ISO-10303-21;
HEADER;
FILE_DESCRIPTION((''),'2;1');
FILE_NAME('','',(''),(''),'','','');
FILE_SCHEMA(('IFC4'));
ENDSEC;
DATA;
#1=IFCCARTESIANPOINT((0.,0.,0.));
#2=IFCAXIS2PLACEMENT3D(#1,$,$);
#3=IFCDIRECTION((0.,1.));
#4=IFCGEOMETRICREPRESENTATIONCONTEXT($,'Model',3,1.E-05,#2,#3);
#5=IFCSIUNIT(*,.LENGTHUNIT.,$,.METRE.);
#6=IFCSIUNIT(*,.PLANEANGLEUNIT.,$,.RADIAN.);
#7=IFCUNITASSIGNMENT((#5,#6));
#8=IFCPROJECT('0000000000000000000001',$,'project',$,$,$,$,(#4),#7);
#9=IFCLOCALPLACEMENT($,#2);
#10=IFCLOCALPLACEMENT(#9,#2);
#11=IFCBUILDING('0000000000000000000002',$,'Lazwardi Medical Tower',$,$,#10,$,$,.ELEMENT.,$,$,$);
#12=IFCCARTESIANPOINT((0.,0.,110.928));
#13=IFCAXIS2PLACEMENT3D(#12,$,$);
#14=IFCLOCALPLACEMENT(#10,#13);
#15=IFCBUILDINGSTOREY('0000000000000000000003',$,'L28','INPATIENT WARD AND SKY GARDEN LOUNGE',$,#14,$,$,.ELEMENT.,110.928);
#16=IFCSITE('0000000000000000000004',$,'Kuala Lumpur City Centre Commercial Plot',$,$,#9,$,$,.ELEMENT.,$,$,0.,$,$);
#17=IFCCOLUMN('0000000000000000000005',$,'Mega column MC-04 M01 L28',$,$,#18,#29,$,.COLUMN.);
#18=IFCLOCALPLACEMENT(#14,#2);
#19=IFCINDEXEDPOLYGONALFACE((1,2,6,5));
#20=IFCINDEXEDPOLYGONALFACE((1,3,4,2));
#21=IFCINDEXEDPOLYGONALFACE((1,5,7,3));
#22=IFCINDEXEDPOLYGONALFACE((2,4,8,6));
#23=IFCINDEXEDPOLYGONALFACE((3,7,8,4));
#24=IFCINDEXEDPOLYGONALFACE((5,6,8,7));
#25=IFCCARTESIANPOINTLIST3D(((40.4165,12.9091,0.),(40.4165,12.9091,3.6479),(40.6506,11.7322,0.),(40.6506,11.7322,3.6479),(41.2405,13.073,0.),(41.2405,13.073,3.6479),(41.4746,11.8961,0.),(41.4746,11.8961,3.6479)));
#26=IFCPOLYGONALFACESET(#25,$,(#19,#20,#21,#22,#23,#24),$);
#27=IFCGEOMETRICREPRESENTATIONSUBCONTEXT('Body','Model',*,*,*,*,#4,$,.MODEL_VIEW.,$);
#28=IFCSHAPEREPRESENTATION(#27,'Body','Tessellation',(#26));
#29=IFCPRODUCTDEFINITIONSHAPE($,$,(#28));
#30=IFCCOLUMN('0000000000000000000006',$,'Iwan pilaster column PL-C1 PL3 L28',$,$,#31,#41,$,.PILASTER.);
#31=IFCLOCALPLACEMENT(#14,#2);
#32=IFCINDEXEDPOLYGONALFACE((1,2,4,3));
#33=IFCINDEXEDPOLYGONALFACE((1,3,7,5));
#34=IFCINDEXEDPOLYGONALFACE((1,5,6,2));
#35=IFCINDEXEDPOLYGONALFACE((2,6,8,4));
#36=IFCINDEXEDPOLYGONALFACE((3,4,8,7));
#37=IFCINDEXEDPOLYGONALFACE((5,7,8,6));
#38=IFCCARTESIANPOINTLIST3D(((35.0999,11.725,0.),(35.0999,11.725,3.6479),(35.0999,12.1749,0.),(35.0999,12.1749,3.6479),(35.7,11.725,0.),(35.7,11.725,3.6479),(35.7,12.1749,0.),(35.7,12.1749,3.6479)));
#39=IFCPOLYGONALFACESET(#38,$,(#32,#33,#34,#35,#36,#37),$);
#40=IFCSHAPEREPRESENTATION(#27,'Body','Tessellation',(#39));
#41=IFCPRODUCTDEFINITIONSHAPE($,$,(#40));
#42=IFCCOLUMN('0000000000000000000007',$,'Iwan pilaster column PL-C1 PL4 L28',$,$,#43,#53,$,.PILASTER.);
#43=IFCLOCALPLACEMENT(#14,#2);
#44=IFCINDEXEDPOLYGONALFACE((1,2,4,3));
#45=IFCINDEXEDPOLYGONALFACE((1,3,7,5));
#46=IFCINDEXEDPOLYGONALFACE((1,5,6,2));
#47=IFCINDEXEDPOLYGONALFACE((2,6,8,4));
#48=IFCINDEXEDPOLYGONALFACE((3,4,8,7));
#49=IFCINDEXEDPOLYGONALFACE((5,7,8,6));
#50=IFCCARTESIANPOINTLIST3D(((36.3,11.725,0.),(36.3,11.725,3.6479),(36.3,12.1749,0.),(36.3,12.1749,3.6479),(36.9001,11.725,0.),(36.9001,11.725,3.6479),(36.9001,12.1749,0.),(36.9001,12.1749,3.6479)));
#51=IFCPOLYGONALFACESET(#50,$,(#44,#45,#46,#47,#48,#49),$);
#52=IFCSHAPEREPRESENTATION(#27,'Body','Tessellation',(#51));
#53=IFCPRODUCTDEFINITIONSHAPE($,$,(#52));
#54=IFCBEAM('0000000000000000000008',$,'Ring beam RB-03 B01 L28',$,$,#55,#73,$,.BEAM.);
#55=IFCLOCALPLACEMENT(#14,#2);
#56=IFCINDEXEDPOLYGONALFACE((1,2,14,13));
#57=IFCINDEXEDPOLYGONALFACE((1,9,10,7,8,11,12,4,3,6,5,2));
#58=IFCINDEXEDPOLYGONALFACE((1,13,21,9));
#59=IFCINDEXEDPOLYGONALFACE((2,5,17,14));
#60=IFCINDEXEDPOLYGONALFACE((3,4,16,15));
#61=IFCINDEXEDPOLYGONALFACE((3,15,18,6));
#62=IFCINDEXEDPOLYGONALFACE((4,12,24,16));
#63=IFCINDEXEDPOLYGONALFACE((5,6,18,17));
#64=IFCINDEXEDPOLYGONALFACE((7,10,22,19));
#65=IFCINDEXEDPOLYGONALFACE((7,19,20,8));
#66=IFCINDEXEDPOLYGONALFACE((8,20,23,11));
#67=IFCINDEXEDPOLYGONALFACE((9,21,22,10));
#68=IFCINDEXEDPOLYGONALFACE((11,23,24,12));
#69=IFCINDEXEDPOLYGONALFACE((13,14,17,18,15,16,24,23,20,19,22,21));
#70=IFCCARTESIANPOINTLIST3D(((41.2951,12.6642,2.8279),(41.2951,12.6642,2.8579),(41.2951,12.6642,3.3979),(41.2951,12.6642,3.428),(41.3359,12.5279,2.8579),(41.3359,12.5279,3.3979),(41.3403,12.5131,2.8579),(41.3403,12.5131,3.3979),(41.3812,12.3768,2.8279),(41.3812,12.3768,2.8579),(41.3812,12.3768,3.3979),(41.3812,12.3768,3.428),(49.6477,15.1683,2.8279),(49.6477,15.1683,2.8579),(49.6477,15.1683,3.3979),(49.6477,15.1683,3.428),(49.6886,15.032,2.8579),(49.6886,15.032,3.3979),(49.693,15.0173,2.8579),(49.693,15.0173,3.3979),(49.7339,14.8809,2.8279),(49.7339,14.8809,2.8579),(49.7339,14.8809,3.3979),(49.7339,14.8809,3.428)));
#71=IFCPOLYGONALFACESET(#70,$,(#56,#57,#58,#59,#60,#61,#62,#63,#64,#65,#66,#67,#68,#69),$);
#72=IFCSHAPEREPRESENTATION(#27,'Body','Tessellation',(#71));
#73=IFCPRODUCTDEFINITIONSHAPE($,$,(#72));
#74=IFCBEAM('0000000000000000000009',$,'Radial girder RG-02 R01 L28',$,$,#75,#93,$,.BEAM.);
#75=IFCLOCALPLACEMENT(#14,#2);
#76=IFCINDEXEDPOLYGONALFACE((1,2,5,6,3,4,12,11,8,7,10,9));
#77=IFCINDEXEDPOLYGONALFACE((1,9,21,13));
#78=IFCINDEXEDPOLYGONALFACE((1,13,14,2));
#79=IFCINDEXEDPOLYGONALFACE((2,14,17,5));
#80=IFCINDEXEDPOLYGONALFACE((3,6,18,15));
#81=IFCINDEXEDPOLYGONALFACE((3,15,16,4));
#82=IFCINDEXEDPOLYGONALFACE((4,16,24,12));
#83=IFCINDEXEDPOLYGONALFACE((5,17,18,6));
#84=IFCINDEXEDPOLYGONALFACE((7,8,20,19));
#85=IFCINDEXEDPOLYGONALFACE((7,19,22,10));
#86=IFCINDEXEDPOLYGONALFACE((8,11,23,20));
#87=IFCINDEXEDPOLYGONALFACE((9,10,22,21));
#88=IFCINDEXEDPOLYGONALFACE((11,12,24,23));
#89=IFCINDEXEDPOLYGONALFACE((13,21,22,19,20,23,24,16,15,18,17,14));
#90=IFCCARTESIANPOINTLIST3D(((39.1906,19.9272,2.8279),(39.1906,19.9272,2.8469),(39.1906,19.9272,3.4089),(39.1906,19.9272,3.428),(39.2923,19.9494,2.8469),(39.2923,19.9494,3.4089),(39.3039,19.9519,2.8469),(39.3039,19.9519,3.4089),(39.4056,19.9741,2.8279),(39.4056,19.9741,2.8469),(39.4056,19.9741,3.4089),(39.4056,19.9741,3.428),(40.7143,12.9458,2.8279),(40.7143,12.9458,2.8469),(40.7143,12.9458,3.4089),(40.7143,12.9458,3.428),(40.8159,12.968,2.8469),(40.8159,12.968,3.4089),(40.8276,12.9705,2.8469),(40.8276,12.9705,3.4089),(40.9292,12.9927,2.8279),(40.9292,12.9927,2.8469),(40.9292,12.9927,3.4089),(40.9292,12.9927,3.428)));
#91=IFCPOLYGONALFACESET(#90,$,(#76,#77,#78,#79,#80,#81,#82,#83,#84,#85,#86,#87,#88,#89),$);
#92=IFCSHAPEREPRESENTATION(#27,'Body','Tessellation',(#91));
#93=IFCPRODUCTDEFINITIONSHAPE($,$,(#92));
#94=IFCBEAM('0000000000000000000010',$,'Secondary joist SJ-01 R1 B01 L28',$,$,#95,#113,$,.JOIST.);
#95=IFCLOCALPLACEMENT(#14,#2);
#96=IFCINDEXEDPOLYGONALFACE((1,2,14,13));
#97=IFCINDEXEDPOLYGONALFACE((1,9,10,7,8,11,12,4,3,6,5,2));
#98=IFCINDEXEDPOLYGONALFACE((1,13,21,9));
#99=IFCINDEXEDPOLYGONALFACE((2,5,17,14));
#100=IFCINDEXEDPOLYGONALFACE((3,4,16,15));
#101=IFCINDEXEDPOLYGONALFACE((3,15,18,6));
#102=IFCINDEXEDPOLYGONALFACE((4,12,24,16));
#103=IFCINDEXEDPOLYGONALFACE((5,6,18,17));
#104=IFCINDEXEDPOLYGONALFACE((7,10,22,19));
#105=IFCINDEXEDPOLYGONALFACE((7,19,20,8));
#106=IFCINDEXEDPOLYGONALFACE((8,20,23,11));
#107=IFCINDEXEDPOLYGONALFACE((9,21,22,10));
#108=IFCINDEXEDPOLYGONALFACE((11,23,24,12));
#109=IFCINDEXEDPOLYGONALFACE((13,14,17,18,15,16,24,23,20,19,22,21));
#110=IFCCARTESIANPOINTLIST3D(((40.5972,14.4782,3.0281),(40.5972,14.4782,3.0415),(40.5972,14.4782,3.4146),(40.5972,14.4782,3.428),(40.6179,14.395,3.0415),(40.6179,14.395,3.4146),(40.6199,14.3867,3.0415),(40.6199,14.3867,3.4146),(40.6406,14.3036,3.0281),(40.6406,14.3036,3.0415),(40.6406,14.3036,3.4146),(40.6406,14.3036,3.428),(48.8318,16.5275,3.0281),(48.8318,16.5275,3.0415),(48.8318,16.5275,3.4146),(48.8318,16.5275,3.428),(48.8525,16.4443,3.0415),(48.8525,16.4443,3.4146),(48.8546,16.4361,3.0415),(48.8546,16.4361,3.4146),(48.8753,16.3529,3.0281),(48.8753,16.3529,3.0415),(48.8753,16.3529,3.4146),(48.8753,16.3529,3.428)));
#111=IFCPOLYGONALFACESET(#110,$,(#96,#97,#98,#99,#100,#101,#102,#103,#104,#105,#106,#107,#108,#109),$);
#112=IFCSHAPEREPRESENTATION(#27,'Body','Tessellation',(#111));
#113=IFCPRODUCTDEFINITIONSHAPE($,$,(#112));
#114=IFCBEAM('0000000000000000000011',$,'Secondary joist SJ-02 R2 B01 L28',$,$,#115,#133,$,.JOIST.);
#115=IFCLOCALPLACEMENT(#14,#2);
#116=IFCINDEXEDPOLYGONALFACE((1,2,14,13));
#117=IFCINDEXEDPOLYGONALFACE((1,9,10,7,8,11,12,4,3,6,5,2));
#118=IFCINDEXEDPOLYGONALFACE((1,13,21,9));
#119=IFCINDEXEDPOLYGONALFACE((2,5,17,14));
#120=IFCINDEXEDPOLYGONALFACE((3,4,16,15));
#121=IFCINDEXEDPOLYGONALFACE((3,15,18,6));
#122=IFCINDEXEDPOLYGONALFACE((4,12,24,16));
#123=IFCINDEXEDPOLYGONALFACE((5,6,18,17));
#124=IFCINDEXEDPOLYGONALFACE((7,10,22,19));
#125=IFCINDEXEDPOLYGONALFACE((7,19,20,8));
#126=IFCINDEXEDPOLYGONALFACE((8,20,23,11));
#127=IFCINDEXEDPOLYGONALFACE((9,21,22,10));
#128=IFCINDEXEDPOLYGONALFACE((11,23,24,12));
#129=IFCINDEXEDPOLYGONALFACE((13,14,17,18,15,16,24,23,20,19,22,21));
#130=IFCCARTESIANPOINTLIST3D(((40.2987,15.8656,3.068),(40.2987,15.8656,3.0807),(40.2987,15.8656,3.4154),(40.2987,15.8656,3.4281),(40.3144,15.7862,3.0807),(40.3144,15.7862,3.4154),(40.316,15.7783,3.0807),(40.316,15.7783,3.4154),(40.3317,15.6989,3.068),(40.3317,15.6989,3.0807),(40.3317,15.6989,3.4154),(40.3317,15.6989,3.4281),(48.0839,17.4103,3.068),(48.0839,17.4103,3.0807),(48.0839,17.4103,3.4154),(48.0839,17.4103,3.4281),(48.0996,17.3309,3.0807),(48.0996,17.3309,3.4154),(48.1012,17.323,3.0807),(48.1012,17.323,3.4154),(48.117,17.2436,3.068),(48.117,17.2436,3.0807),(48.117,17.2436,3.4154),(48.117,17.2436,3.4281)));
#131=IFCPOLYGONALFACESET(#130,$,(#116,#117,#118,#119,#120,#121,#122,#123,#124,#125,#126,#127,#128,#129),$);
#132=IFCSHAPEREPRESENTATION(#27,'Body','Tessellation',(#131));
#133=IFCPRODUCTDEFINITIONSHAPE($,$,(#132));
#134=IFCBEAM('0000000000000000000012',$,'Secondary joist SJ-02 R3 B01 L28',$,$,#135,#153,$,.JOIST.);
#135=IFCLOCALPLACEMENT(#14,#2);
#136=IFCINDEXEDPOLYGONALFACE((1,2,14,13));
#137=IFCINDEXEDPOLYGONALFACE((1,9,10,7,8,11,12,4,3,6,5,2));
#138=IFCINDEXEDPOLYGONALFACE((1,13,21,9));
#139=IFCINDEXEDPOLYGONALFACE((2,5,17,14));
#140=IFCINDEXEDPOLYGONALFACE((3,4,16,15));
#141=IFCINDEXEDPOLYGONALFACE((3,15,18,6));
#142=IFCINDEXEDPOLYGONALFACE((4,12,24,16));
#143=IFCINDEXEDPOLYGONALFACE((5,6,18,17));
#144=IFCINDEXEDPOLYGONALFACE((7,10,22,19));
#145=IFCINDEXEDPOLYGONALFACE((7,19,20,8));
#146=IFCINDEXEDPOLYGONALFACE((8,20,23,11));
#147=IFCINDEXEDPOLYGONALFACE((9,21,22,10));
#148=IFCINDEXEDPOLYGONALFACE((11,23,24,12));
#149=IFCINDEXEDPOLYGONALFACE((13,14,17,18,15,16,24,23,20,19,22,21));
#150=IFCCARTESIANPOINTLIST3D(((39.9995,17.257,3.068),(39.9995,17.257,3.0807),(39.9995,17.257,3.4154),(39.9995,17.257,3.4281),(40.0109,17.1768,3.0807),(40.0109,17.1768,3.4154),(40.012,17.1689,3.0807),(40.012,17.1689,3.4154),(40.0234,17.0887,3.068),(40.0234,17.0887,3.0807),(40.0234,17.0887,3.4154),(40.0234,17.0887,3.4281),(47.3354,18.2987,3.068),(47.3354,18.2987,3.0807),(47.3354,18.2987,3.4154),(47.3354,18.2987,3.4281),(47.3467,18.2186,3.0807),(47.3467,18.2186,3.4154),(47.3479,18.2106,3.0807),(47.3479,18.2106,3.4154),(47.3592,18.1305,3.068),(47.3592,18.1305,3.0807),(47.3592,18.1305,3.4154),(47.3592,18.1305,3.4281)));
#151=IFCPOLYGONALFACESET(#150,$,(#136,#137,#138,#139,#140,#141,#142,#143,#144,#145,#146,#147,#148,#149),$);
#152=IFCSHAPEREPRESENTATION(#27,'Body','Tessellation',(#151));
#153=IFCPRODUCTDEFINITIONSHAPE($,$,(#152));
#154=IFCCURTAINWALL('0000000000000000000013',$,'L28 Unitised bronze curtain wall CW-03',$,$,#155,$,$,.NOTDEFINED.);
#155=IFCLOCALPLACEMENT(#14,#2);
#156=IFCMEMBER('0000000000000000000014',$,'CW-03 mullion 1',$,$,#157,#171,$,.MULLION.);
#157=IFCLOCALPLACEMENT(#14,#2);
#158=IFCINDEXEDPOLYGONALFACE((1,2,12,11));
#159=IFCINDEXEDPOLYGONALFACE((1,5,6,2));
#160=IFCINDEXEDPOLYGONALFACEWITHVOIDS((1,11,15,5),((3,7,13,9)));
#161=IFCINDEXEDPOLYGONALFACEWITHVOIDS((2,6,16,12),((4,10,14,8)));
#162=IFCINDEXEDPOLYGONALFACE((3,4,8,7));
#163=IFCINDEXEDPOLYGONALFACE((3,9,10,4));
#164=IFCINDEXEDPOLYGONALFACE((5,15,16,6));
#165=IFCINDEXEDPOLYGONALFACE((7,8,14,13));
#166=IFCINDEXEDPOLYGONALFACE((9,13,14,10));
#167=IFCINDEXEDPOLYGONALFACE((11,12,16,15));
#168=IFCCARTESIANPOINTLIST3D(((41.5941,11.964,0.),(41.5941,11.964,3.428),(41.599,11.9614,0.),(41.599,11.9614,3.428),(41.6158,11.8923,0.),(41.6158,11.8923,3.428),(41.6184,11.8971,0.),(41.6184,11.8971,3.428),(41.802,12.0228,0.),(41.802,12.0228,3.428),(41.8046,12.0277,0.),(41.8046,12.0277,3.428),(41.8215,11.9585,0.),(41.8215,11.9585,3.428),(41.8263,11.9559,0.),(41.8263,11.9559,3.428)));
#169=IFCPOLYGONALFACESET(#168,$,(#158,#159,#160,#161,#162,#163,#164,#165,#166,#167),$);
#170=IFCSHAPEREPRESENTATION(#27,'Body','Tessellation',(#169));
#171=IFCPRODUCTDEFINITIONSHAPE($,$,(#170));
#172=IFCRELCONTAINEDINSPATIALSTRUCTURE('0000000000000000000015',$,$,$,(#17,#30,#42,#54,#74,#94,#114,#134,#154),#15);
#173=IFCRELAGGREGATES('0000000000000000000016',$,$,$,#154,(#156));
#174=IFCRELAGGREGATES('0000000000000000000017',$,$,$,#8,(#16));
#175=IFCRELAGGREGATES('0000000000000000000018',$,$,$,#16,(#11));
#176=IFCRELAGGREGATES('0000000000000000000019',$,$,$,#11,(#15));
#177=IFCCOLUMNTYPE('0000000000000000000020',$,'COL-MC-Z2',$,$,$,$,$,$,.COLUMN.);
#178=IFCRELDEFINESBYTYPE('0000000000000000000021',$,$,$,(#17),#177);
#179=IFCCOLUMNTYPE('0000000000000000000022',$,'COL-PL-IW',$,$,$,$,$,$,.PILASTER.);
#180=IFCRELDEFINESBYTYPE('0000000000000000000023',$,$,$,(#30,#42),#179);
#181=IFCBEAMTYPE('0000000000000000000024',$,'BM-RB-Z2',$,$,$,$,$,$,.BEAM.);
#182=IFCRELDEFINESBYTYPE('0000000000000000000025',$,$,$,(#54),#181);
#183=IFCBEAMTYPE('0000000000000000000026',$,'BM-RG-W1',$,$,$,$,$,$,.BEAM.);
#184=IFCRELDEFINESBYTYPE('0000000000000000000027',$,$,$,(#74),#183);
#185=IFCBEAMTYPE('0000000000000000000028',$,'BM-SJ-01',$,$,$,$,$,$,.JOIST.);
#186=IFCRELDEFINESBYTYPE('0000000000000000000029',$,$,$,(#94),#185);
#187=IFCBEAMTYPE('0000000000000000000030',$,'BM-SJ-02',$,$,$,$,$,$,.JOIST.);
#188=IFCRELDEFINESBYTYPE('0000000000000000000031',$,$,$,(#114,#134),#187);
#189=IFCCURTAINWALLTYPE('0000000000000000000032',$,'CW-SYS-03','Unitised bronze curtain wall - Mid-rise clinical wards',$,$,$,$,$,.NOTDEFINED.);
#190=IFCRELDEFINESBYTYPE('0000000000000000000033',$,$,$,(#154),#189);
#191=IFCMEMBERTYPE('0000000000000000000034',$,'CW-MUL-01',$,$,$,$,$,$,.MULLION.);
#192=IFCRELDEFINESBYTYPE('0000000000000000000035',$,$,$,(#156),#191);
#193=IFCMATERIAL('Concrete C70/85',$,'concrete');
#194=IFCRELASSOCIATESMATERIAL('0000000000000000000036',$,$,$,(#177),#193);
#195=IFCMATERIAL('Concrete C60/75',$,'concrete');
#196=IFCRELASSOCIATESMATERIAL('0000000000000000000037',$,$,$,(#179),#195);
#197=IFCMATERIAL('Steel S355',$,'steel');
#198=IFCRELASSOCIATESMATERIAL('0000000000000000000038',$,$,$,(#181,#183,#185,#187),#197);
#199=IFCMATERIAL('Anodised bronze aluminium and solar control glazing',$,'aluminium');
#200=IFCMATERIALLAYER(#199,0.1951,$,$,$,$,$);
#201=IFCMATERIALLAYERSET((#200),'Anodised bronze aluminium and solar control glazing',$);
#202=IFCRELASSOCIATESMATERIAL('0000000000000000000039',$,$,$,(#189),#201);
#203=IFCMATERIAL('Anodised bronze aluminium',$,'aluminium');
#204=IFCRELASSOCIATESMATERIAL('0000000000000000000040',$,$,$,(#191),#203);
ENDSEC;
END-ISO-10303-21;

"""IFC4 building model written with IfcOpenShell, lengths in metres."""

from ifc_helpers import new_model, si_unit, direction, frame, origin, origin_2d, place, context, subcontext, project, spatial, rectangle, hollow_rectangle, i_section, extrude, material, layer, layer_set, material_profile, profile_set, type_object, element, aggregate, save


model = new_model("IFC4")

# Units and contexts
model_context = context("Model", 3, precision=1e-05, world=origin(), true_north=direction((0.0, 1.0)))
body_context = subcontext(model_context, "Body", "Model", "MODEL_VIEW")
ifc_project = project(units=[si_unit("LENGTHUNIT", "METRE"), si_unit("PLANEANGLEUNIT", "RADIAN")], contexts=[model_context])

# Site, building, storey
site_placement = place(None, origin())
site = spatial("IfcSite", under=ifc_project, at=site_placement, Name="Kuala Lumpur City Centre Commercial Plot", CompositionType="ELEMENT", RefElevation=0.0)
building_placement = place(site_placement, origin())
building = spatial("IfcBuilding", under=site, at=building_placement, Name="Lazwardi Medical Tower", CompositionType="ELEMENT")
storey_placement = place(building_placement, frame((0.0, 0.0, 110.928)))
storey = spatial("IfcBuildingStorey", under=building, at=storey_placement, Name="L28", Description="INPATIENT WARD AND SKY GARDEN LOUNGE", CompositionType="ELEMENT", Elevation=110.928)

# Columns
ifc_material_1 = material(Name="Concrete C70/85", Category="concrete")
ifc_material_profile_1 = material_profile(ifc_material_1, rectangle(XDim=1.2, YDim=0.8401, at=origin_2d()), Name="CFT-RECT 1200x840")
ifc_profile_set_1 = profile_set([ifc_material_profile_1], Name="Concrete C70/85")
column_type_1 = type_object("IfcColumnType", Name="COL-MC-Z2", PredefinedType="COLUMN", material=ifc_profile_set_1)
column_placement = place(storey_placement, frame((40.9456, 12.4026, 0.0), z_axis=(0.0, 0.0, 1.0), x_axis=(0.19509, -0.980785, 0.0)))
element("IfcColumn", 1, at=column_placement, inside=storey, type_object=column_type_1, Name="Mega column MC-04 M01 L28", PredefinedType="COLUMN", context=body_context, shape_type="SweptSolid", body=[
    extrude(rectangle(XDim=1.2, YDim=0.8401, at=origin_2d()), origin(), (0.0, 0.0, 1.0), 3.6479),
])
ifc_material_2 = material(Name="Concrete C60/75", Category="concrete")
ifc_material_profile_2 = material_profile(ifc_material_2, rectangle(XDim=0.6001, YDim=0.45, at=origin_2d()), Name="RC 600x450")
ifc_profile_set_2 = profile_set([ifc_material_profile_2], Name="Concrete C60/75")
column_type_2 = type_object("IfcColumnType", Name="COL-PL-IW", PredefinedType="PILASTER", material=ifc_profile_set_2)
for number, where, z_axis, x_axis, name in (
    (2, (35.3999, 11.95, 0.0), (0.0, 0.0, 1.0), (1.0, 0.0, 0.0), "Iwan pilaster column PL-C1 PL3 L28"),
    (3, (36.6001, 11.95, 0.0), (0.0, 0.0, 1.0), (1.0, 0.0, 0.0), "Iwan pilaster column PL-C1 PL4 L28"),
):
    element("IfcColumn", number, at=place(storey_placement, frame(where, z_axis=z_axis, x_axis=x_axis)), inside=storey, type_object=column_type_2, Name=name, PredefinedType="PILASTER", context=body_context, shape_type="SweptSolid", body=[
        extrude(rectangle(XDim=0.6001, YDim=0.45, at=origin_2d()), origin(), (0.0, 0.0, 1.0), 3.6479),
    ])

# Beams
ifc_material_3 = material(Name="Steel S355", Category="steel")
ifc_material_profile_3 = material_profile(ifc_material_3, i_section(OverallWidth=0.3, OverallDepth=0.6001, WebThickness=0.0154, FlangeThickness=0.03, at=origin_2d()), Name="HEB 600")
ifc_profile_set_3 = profile_set([ifc_material_profile_3], Name="Steel S355")
beam_type_1 = type_object("IfcBeamType", Name="BM-RB-Z2", PredefinedType="BEAM", material=ifc_profile_set_3)
beam_1_placement = place(storey_placement, frame((41.3381, 12.5205, 3.1279), z_axis=(0.957879, 0.287171, 0.0), x_axis=(-0.287171, 0.957879, 0.0)))
element("IfcBeam", 4, at=beam_1_placement, inside=storey, type_object=beam_type_1, Name="Ring beam RB-03 B01 L28", PredefinedType="BEAM", context=body_context, shape_type="SweptSolid", body=[
    extrude(i_section(OverallWidth=0.3, OverallDepth=0.6001, WebThickness=0.0154, FlangeThickness=0.03, at=origin_2d()), origin(), (0.0, 0.0, 1.0), 8.72),
])
ifc_material_profile_4 = material_profile(ifc_material_3, i_section(OverallWidth=0.22, OverallDepth=0.6001, WebThickness=0.012, FlangeThickness=0.019, at=origin_2d()), Name="IPE 600")
ifc_profile_set_4 = profile_set([ifc_material_profile_4], Name="Steel S355")
beam_type_2 = type_object("IfcBeamType", Name="BM-RG-W1", PredefinedType="BEAM", material=ifc_profile_set_4)
beam_2_placement = place(storey_placement, frame((40.8218, 12.9692, 3.1279), z_axis=(-0.213228, 0.977002, 0.0), x_axis=(-0.977002, -0.213228, 0.0)))
element("IfcBeam", 5, at=beam_2_placement, inside=storey, type_object=beam_type_2, Name="Radial girder RG-02 R01 L28", PredefinedType="BEAM", context=body_context, shape_type="SweptSolid", body=[
    extrude(i_section(OverallWidth=0.22, OverallDepth=0.6001, WebThickness=0.012, FlangeThickness=0.019, at=origin_2d()), origin(), (0.0, 0.0, 1.0), 7.1458),
])
ifc_material_profile_5 = material_profile(ifc_material_3, i_section(OverallWidth=0.1799, OverallDepth=0.3999, WebThickness=0.0085, FlangeThickness=0.0134, at=origin_2d()), Name="IPE 400")
ifc_profile_set_5 = profile_set([ifc_material_profile_5], Name="Steel S355")
beam_type_3 = type_object("IfcBeamType", Name="BM-SJ-01", PredefinedType="JOIST", material=ifc_profile_set_5)
beam_3_placement = place(storey_placement, frame((40.6189, 14.3909, 3.228), z_axis=(0.970401, 0.2415, 0.0), x_axis=(-0.2415, 0.970401, 0.0)))
element("IfcBeam", 6, at=beam_3_placement, inside=storey, type_object=beam_type_3, Name="Secondary joist SJ-01 R1 B01 L28", PredefinedType="JOIST", context=body_context, shape_type="SweptSolid", body=[
    extrude(i_section(OverallWidth=0.1799, OverallDepth=0.3999, WebThickness=0.0085, FlangeThickness=0.0134, at=origin_2d()), origin(), (0.0, 0.0, 1.0), 8.4858),
])
ifc_material_profile_6 = material_profile(ifc_material_3, i_section(OverallWidth=0.1699, OverallDepth=0.3601, WebThickness=0.0081, FlangeThickness=0.0127, at=origin_2d()), Name="IPE 360")
ifc_profile_set_6 = profile_set([ifc_material_profile_6], Name="Steel S355")
beam_type_4 = type_object("IfcBeamType", Name="BM-SJ-02", PredefinedType="JOIST", material=ifc_profile_set_6)
beam_4_placement = place(storey_placement, frame((40.3152, 15.7822, 3.248), z_axis=(0.980879, 0.194619, 0.0), x_axis=(-0.194619, 0.980879, 0.0)))
element("IfcBeam", 7, at=beam_4_placement, inside=storey, type_object=beam_type_4, Name="Secondary joist SJ-02 R2 B01 L28", PredefinedType="JOIST", context=body_context, shape_type="SweptSolid", body=[
    extrude(i_section(OverallWidth=0.1699, OverallDepth=0.3601, WebThickness=0.0081, FlangeThickness=0.0127, at=origin_2d()), origin(), (0.0, 0.0, 1.0), 7.937),
])
beam_5_placement = place(storey_placement, frame((40.0115, 17.1729, 3.248), z_axis=(0.990067, 0.140596, 0.0), x_axis=(-0.140596, 0.990067, 0.0)))
element("IfcBeam", 8, at=beam_5_placement, inside=storey, type_object=beam_type_4, Name="Secondary joist SJ-02 R3 B01 L28", PredefinedType="JOIST", context=body_context, shape_type="SweptSolid", body=[
    extrude(i_section(OverallWidth=0.1699, OverallDepth=0.3601, WebThickness=0.0081, FlangeThickness=0.0127, at=origin_2d()), origin(), (0.0, 0.0, 1.0), 7.4094),
])

# Curtain wall, member
ifc_material_4 = material(Name="Anodised bronze aluminium and solar control glazing", Category="aluminium")
ifc_layer_1 = layer(ifc_material_4, 0.1951)
ifc_layer_set_1 = layer_set([ifc_layer_1], Name="Anodised bronze aluminium and solar control glazing")
curtain_wall_type = type_object("IfcCurtainWallType", Name="CW-SYS-03", Description="Unitised bronze curtain wall - Mid-rise clinical wards", PredefinedType="NOTDEFINED", material=ifc_layer_set_1)
curtain_wall_placement = place(storey_placement, origin())
curtain_wall = element("IfcCurtainWall", 9, at=curtain_wall_placement, inside=storey, type_object=curtain_wall_type, Name="L28 Unitised bronze curtain wall CW-03", PredefinedType="NOTDEFINED")
ifc_material_5 = material(Name="Anodised bronze aluminium", Category="aluminium")
ifc_material_profile_7 = material_profile(ifc_material_5, hollow_rectangle(XDim=0.075, YDim=0.22, WallThickness=0.0039, at=origin_2d()), Name="ALU-MULLION 220x75x4")
ifc_profile_set_7 = profile_set([ifc_material_profile_7], Name="Anodised bronze aluminium")
member_type_1 = type_object("IfcMemberType", Name="CW-MUL-01", PredefinedType="MULLION", material=ifc_profile_set_7)
member_1_placement = place(storey_placement, frame((41.7102, 11.96, 0.0), z_axis=(0.0, 0.0, 1.0), x_axis=(-0.289374, 0.957216, 0.0)))
member_1 = element("IfcMember", 10, at=member_1_placement, type_object=member_type_1, Name="CW-03 mullion 1", PredefinedType="MULLION", context=body_context, shape_type="SweptSolid", body=[
    extrude(hollow_rectangle(XDim=0.075, YDim=0.22, WallThickness=0.0039, at=origin_2d()), origin(), (0.0, 0.0, 1.0), 3.428),
])
aggregate(curtain_wall, [member_1])

save(model, "model.ifc")
